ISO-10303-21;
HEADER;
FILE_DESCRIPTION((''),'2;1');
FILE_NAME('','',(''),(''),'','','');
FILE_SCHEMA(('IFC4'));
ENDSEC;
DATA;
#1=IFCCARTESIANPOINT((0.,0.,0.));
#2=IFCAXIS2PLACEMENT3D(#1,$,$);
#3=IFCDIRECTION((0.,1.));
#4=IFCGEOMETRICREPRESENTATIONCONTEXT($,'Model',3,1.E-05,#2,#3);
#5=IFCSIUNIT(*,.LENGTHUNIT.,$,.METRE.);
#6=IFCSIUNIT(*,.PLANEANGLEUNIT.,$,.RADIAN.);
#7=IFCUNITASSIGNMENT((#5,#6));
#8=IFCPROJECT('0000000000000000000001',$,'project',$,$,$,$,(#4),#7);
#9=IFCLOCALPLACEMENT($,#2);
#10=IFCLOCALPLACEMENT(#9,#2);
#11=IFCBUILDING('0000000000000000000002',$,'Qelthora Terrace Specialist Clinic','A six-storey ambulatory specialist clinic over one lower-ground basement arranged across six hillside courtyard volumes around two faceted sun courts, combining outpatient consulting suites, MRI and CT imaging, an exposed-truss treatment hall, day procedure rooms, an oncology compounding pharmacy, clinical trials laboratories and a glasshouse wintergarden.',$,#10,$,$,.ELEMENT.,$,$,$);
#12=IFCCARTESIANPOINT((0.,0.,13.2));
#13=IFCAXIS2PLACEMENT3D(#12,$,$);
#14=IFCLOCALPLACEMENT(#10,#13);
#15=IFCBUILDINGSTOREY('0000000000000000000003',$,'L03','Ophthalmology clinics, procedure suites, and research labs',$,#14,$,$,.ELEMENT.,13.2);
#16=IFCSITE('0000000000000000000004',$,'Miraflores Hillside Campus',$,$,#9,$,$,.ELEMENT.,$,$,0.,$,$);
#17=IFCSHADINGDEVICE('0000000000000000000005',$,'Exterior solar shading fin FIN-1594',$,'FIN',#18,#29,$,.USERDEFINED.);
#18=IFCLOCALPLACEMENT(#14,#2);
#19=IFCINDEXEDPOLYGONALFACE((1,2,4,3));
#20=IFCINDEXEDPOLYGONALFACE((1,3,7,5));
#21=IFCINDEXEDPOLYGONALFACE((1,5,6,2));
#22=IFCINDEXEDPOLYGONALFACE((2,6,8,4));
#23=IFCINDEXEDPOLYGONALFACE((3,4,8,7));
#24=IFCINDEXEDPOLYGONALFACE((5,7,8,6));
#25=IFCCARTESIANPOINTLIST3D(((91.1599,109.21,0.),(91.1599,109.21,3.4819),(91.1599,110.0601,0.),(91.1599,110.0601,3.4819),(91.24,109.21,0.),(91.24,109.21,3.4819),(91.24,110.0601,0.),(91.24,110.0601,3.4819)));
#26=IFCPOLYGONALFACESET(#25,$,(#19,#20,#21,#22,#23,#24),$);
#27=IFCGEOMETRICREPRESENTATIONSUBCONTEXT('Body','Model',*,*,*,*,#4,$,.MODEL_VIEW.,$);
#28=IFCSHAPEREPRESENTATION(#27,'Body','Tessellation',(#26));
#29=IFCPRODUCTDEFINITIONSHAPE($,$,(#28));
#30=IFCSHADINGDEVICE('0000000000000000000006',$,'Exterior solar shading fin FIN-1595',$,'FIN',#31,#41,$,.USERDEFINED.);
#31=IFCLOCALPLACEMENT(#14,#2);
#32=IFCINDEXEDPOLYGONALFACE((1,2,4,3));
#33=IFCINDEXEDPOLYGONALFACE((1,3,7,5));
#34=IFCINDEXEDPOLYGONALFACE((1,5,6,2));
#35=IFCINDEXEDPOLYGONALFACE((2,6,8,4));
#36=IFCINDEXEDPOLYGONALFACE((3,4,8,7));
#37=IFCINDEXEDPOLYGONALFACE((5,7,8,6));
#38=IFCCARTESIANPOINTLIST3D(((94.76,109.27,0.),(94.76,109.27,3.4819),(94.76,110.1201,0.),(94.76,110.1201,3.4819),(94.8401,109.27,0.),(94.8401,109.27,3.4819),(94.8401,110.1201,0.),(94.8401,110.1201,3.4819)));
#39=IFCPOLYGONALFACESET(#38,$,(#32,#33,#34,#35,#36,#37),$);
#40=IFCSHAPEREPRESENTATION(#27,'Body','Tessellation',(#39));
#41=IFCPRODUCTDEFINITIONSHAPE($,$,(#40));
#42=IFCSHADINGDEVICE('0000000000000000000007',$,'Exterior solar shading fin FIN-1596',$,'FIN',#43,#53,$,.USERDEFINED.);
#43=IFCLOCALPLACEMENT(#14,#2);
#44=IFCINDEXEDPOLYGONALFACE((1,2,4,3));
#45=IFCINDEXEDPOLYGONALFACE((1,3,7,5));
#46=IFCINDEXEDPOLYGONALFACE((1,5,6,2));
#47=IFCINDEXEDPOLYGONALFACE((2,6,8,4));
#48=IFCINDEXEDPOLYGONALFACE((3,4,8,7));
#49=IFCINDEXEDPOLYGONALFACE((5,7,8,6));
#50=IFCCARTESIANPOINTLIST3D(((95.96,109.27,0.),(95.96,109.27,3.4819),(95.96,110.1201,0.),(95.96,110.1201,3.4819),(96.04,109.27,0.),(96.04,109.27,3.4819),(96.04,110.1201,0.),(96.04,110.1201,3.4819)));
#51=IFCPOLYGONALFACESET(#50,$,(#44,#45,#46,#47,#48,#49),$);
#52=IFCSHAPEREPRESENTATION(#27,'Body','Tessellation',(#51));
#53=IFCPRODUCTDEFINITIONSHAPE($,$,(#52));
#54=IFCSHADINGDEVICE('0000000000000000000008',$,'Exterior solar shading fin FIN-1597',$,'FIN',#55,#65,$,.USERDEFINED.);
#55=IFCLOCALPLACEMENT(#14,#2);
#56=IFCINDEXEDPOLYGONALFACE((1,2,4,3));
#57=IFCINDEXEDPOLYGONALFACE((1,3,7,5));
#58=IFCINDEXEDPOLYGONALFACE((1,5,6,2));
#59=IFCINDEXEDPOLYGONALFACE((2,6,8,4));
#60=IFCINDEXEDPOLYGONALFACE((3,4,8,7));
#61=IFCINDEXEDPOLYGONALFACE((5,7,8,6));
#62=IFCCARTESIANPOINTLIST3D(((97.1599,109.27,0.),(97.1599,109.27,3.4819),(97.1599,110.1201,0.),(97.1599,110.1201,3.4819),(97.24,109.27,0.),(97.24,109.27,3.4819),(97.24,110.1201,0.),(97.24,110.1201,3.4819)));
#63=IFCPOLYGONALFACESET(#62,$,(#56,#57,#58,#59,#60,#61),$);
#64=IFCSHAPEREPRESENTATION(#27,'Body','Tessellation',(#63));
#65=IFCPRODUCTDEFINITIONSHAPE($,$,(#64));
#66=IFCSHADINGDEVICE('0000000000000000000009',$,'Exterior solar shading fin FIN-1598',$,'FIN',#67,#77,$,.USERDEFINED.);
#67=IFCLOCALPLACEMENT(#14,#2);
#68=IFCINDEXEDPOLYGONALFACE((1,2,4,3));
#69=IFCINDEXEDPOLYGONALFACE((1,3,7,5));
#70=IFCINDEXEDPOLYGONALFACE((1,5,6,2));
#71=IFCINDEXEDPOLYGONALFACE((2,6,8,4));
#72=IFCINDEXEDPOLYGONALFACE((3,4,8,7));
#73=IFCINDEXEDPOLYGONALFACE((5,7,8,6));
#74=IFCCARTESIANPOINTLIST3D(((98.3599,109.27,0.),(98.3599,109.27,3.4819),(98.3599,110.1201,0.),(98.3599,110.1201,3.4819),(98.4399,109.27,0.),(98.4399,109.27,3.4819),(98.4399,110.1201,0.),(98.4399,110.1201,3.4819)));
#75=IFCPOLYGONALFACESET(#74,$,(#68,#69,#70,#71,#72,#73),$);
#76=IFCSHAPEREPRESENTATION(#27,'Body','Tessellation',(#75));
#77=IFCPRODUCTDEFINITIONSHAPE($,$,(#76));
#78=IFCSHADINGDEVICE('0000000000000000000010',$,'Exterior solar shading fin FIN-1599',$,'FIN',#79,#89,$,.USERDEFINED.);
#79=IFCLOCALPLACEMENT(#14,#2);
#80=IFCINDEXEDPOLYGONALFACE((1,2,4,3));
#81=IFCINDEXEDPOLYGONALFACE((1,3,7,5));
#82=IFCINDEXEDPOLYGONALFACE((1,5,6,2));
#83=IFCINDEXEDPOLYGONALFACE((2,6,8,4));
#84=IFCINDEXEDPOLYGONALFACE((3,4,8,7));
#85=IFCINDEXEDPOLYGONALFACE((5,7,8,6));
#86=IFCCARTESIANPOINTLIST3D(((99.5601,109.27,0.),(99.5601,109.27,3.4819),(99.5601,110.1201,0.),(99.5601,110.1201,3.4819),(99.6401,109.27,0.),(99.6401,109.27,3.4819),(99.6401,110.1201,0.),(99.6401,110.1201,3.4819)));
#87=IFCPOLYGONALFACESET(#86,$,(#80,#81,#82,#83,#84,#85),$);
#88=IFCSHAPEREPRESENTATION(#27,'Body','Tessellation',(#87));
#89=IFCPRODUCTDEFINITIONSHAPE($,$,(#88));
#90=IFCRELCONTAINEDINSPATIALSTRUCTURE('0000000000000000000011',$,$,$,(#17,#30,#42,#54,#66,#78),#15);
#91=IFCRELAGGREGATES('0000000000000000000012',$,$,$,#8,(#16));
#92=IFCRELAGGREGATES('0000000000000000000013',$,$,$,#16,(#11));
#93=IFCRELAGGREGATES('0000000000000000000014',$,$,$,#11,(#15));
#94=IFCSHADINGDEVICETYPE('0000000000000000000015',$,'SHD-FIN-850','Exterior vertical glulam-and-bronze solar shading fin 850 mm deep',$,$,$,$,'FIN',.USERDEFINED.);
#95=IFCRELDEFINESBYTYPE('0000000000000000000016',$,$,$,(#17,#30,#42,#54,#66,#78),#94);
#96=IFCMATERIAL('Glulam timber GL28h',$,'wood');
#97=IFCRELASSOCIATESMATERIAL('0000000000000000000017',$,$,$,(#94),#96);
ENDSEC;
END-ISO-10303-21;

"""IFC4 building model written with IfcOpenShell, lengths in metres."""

from ifc_helpers import new_model, si_unit, direction, frame, origin, origin_2d, place, context, subcontext, project, spatial, rectangle, extrude, material, type_object, element, save


model = new_model("IFC4")

# Units and contexts
model_context = context("Model", 3, precision=1e-05, world=origin(), true_north=direction((0.0, 1.0)))
body_context = subcontext(model_context, "Body", "Model", "MODEL_VIEW")
ifc_project = project(units=[si_unit("LENGTHUNIT", "METRE"), si_unit("PLANEANGLEUNIT", "RADIAN")], contexts=[model_context])

# Site, building, storey
site_placement = place(None, origin())
site = spatial("IfcSite", under=ifc_project, at=site_placement, Name="Miraflores Hillside Campus", CompositionType="ELEMENT", RefElevation=0.0)
building_placement = place(site_placement, origin())
building = spatial("IfcBuilding", under=site, at=building_placement, Name="Qelthora Terrace Specialist Clinic", Description="A six-storey ambulatory specialist clinic over one lower-ground basement arranged across six hillside courtyard volumes around two faceted sun courts, combining outpatient consulting suites, MRI and CT imaging, an exposed-truss treatment hall, day procedure rooms, an oncology compounding pharmacy, clinical trials laboratories and a glasshouse wintergarden.", CompositionType="ELEMENT")
storey_placement = place(building_placement, frame((0.0, 0.0, 13.2)))
storey = spatial("IfcBuildingStorey", under=building, at=storey_placement, Name="L03", Description="Ophthalmology clinics, procedure suites, and research labs", CompositionType="ELEMENT", Elevation=13.2)

# Shading devices
ifc_material_1 = material(Name="Glulam timber GL28h", Category="wood")
shading_device_type = type_object("IfcShadingDeviceType", Name="SHD-FIN-850", Description="Exterior vertical glulam-and-bronze solar shading fin 850 mm deep", ElementType="FIN", PredefinedType="USERDEFINED", material=ifc_material_1)
for number, where, z_axis, x_axis, name in (
    (1, (91.2, 109.635, 0.0), (0.0, 0.0, 1.0), (0.0, 1.0, 0.0), "Exterior solar shading fin FIN-1594"),
    (2, (94.8, 109.6951, 0.0), (0.0, 0.0, 1.0), (0.0, 1.0, 0.0), "Exterior solar shading fin FIN-1595"),
    (3, (96.0, 109.6951, 0.0), (0.0, 0.0, 1.0), (0.0, 1.0, 0.0), "Exterior solar shading fin FIN-1596"),
    (4, (97.2, 109.6951, 0.0), (0.0, 0.0, 1.0), (0.0, 1.0, 0.0), "Exterior solar shading fin FIN-1597"),
    (5, (98.3999, 109.6951, 0.0), (0.0, 0.0, 1.0), (0.0, 1.0, 0.0), "Exterior solar shading fin FIN-1598"),
    (6, (99.6001, 109.6951, 0.0), (0.0, 0.0, 1.0), (0.0, 1.0, 0.0), "Exterior solar shading fin FIN-1599"),
):
    element("IfcShadingDevice", number, at=place(storey_placement, frame(where, z_axis=z_axis, x_axis=x_axis)), inside=storey, type_object=shading_device_type, Name=name, ObjectType="FIN", PredefinedType="USERDEFINED", context=body_context, shape_type="SweptSolid", body=[
        extrude(rectangle(XDim=0.8501, YDim=0.0801, at=origin_2d()), origin(), (0.0, 0.0, 1.0), 3.4819),
    ])

save(model, "model.ifc")
